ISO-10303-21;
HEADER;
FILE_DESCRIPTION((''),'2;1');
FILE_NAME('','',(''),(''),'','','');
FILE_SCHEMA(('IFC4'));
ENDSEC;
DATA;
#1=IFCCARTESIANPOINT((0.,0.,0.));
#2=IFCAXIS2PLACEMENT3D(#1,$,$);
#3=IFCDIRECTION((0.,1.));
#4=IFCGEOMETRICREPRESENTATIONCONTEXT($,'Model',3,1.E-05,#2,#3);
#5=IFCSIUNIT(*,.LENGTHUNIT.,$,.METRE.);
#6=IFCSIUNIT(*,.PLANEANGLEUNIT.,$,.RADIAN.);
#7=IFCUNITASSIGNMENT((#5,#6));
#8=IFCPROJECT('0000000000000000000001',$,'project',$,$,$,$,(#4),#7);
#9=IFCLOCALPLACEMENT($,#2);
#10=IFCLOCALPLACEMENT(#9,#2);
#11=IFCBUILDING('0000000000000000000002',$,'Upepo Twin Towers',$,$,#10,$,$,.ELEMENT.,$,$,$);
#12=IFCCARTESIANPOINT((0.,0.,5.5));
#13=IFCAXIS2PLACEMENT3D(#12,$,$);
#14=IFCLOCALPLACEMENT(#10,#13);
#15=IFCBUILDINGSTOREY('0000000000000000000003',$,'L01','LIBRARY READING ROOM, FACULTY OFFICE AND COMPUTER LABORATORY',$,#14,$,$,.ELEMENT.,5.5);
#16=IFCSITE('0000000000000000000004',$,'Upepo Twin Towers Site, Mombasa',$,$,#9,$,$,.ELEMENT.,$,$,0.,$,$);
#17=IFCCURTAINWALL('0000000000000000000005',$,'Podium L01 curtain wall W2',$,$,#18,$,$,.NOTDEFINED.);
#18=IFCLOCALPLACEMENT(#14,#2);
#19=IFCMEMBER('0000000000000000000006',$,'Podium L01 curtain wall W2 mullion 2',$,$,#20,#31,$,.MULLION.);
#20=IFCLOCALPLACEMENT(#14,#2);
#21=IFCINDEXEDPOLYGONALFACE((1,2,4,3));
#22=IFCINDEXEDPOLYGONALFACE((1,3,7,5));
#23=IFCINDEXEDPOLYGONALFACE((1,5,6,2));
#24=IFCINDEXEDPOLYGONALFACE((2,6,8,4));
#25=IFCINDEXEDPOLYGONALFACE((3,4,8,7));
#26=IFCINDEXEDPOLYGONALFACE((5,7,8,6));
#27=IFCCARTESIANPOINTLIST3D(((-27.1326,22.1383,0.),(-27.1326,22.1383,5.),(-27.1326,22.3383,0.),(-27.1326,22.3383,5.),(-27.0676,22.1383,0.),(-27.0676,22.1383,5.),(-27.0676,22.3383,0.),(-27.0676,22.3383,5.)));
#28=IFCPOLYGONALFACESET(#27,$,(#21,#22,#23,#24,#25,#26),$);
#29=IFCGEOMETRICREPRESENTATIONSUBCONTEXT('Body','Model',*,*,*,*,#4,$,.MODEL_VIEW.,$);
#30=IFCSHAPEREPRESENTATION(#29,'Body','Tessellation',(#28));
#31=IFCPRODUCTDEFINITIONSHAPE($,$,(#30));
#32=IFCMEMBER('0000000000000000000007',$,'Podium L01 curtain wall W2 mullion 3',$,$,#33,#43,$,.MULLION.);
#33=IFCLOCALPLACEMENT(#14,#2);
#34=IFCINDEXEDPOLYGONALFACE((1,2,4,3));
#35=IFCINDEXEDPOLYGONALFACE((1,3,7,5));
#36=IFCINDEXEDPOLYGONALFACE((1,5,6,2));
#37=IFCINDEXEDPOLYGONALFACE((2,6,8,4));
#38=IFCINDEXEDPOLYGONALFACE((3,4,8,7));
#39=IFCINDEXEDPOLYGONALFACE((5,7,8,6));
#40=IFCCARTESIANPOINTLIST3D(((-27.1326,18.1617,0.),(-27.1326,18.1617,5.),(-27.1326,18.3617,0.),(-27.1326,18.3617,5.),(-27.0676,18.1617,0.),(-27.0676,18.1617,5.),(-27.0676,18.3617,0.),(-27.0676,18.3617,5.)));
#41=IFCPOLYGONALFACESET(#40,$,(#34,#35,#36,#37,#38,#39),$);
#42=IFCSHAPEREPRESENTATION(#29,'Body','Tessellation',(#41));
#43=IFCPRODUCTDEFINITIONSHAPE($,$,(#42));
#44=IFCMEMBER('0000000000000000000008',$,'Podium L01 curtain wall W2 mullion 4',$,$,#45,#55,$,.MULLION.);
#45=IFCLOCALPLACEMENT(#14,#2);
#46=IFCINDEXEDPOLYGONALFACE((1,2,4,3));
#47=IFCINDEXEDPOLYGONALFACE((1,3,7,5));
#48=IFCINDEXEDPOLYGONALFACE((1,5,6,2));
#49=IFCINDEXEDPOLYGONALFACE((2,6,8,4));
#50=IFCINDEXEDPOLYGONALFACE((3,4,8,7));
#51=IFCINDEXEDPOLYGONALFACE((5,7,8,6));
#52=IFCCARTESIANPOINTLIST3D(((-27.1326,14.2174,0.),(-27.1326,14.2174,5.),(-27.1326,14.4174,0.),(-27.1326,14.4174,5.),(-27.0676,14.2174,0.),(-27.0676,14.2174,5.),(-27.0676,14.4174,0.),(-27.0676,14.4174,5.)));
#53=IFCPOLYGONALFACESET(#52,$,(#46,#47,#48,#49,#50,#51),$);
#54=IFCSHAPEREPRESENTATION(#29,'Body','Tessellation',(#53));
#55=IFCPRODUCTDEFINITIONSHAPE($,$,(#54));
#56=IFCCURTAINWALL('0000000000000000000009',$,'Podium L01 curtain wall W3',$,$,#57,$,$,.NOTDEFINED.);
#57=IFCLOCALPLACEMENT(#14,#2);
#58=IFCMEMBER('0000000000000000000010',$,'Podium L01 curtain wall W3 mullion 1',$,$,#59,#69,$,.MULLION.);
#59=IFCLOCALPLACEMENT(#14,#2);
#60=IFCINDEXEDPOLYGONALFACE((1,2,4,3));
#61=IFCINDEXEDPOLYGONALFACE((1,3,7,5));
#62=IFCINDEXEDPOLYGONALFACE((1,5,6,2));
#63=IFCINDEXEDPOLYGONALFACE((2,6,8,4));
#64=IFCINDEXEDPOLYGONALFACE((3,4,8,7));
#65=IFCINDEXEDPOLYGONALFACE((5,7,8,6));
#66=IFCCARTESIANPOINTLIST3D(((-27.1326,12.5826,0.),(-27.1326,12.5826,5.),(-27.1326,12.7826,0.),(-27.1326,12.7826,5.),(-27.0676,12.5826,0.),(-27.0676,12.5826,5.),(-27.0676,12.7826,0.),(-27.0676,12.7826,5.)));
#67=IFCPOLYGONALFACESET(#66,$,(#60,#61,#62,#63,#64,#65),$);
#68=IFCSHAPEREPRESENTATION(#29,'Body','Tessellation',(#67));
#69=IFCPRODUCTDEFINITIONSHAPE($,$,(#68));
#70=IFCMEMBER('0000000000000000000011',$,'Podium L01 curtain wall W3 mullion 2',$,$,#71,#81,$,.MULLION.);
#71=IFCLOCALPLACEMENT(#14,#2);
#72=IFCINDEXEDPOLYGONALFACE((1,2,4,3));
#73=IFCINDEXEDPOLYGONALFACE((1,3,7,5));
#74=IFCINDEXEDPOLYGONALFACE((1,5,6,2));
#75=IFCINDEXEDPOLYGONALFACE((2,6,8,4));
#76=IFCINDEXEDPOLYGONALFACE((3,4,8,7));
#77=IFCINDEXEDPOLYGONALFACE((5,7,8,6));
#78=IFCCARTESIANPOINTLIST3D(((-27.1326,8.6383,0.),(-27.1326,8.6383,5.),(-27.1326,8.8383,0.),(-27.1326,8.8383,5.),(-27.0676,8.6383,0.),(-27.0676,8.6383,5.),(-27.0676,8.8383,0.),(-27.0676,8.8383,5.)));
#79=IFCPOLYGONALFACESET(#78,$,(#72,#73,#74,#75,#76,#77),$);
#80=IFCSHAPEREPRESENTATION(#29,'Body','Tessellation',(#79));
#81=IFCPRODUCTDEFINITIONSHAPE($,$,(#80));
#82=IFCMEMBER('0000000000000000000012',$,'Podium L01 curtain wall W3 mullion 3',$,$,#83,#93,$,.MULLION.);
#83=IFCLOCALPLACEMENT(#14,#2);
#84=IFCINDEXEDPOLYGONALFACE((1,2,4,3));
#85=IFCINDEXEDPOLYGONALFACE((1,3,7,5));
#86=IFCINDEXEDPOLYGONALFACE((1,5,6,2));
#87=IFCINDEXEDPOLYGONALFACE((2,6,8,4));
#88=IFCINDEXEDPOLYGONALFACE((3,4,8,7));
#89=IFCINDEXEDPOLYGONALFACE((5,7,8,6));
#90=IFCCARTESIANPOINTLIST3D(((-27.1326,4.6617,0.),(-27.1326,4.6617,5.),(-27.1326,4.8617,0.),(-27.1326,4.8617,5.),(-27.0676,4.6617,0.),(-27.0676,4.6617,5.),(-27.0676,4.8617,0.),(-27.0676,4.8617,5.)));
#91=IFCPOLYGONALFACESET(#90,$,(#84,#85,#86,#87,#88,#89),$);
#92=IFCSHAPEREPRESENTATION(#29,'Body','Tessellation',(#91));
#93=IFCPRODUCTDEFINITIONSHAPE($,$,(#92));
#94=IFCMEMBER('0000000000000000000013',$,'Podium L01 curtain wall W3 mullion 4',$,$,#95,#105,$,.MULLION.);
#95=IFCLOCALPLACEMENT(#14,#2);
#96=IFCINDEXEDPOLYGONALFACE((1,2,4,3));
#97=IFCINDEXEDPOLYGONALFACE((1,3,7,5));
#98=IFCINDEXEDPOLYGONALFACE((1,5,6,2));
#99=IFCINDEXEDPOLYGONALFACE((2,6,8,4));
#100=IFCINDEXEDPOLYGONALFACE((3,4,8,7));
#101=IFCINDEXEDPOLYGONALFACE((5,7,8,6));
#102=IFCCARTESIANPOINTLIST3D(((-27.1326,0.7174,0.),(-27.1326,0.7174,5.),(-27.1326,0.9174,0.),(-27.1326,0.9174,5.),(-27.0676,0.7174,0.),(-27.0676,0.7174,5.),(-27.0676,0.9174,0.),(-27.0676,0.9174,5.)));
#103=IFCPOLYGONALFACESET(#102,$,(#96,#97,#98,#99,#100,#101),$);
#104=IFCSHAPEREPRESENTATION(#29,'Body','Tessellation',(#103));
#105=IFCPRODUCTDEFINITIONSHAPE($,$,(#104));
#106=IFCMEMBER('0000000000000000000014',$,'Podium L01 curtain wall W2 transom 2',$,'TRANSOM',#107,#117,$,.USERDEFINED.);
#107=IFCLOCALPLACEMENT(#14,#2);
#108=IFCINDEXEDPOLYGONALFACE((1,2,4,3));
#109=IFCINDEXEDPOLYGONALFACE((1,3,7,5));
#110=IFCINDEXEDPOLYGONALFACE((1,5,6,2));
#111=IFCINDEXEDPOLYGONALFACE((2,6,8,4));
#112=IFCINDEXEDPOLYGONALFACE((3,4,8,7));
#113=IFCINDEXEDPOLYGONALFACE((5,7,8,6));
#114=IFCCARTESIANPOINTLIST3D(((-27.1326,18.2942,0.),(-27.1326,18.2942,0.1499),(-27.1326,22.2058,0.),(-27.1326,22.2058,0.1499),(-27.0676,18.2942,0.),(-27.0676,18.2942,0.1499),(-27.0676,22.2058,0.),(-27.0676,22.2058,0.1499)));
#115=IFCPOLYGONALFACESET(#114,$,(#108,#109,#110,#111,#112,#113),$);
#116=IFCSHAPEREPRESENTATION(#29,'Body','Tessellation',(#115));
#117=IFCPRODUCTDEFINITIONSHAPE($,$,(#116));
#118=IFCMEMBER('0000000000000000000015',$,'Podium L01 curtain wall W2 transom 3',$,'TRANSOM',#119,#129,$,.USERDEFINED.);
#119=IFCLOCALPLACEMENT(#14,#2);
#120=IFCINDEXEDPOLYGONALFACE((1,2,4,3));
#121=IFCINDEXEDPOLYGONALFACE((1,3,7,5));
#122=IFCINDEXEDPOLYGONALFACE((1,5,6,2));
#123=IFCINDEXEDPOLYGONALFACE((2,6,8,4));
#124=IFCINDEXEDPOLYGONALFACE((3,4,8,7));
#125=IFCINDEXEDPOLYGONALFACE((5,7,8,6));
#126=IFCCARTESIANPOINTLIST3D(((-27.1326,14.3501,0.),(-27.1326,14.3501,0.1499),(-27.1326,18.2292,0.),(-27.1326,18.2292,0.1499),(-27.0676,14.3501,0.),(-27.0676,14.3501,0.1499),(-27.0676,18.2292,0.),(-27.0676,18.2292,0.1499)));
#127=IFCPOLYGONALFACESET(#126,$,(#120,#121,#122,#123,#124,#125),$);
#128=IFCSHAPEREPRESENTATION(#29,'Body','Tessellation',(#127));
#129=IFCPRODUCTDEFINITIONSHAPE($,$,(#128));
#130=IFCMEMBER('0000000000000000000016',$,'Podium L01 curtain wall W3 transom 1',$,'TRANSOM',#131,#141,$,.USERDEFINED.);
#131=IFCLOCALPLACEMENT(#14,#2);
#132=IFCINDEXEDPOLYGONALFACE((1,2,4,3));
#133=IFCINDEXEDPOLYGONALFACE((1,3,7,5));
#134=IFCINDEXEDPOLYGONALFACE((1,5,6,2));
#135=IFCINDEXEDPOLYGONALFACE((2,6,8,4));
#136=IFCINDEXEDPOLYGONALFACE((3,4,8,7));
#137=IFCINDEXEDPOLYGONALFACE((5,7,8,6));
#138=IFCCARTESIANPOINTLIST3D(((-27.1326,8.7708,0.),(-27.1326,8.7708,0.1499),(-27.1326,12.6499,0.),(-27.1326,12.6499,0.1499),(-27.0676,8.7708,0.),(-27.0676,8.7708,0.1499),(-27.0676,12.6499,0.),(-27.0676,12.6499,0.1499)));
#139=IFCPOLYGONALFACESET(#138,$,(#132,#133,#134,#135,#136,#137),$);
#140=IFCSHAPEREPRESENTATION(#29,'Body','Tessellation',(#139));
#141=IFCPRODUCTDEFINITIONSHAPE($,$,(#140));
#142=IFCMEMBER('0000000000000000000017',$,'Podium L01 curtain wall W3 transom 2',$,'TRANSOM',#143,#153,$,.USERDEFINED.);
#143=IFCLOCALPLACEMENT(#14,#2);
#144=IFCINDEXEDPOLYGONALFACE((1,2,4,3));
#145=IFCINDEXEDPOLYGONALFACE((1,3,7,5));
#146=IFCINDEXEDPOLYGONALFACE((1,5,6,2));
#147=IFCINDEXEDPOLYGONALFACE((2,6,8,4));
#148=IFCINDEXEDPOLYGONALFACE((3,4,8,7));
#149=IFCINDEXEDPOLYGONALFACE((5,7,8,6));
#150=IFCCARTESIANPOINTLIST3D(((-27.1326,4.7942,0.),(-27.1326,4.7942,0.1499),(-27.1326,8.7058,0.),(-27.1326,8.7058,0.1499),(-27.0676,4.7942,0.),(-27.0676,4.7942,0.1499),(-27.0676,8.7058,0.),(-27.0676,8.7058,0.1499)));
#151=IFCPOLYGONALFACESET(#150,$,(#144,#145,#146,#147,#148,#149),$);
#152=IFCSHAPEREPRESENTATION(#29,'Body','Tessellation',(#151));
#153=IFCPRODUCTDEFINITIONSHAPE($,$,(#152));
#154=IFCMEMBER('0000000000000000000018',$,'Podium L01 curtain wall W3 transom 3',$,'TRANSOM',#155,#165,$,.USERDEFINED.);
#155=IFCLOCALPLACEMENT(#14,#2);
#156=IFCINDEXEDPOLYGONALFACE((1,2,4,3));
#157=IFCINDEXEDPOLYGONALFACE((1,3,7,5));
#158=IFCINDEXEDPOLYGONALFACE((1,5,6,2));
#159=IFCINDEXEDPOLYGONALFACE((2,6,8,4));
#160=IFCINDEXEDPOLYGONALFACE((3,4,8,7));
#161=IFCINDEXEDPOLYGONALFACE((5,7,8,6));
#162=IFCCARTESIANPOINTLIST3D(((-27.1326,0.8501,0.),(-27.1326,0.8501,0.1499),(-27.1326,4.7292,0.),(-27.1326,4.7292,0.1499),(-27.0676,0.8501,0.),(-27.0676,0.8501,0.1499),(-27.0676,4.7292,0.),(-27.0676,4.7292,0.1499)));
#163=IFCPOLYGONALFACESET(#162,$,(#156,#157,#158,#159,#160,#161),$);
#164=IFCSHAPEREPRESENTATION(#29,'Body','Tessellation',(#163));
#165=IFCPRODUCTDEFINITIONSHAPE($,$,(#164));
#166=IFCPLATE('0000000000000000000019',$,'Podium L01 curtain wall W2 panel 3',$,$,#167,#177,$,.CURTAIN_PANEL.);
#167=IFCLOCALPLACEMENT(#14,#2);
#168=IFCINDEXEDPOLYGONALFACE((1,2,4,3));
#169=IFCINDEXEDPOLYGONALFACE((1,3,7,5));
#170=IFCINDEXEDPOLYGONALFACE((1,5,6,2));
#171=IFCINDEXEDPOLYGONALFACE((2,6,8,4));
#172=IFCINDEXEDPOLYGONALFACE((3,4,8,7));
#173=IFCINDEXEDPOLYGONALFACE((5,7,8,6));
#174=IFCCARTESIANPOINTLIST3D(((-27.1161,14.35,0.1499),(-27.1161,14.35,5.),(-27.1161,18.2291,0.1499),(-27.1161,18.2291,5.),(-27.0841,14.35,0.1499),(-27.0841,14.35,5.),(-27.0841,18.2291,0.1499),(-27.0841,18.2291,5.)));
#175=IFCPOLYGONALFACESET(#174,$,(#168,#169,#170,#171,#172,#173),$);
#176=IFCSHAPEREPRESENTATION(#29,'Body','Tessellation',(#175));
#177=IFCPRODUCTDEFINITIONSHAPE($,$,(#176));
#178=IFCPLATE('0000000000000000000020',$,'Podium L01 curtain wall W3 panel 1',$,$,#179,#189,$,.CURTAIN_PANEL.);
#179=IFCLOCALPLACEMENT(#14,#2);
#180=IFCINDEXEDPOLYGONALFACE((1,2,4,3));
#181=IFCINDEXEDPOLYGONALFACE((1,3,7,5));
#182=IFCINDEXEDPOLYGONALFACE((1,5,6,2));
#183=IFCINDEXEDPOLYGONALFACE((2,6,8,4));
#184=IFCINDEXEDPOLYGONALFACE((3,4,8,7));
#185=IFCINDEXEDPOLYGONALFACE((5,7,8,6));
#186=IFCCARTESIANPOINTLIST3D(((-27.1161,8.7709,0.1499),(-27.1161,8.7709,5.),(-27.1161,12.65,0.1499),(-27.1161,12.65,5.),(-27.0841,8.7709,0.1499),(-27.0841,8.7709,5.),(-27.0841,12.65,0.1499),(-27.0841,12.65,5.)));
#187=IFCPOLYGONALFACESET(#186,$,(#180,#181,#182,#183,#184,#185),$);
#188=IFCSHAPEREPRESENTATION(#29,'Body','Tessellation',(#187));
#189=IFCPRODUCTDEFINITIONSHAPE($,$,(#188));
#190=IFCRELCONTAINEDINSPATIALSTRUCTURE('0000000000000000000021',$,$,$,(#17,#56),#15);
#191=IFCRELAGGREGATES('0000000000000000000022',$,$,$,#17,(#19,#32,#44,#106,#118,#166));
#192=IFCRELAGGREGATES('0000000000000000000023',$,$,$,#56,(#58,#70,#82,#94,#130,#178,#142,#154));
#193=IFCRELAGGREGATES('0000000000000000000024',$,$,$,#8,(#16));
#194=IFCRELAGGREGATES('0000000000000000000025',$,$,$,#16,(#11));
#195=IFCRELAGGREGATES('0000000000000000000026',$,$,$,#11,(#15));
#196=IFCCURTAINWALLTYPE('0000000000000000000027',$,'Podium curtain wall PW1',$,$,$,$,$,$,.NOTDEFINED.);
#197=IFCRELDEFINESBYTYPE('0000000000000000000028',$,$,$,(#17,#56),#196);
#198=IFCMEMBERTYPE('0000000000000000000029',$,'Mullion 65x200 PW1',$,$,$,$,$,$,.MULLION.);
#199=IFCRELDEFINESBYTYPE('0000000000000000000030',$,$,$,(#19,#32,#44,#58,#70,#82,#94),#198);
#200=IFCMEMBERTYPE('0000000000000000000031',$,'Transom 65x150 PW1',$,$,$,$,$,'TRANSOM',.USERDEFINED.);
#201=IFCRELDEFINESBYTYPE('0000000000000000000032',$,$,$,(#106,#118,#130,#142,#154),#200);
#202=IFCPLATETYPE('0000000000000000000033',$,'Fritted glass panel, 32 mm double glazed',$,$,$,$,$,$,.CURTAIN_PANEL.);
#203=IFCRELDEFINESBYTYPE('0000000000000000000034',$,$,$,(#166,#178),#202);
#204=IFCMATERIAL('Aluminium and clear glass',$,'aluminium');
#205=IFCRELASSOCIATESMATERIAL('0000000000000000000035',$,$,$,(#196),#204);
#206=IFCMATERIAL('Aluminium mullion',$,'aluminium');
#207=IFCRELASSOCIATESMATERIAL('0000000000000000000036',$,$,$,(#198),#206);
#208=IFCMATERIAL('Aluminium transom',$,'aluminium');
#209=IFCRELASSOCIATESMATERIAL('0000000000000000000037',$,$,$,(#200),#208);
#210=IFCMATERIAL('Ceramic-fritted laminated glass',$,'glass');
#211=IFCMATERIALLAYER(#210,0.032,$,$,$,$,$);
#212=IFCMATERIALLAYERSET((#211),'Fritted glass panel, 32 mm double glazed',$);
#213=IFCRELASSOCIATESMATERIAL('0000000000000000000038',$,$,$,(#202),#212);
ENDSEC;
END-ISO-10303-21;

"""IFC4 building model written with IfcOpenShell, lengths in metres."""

from ifc_helpers import new_model, si_unit, direction, frame, origin, origin_2d, place, context, subcontext, project, spatial, rectangle, extrude, material, layer, layer_set, material_profile, profile_set, type_object, element, aggregate, save


model = new_model("IFC4")

# Units and contexts
model_context = context("Model", 3, precision=1e-05, world=origin(), true_north=direction((0.0, 1.0)))
body_context = subcontext(model_context, "Body", "Model", "MODEL_VIEW")
ifc_project = project(units=[si_unit("LENGTHUNIT", "METRE"), si_unit("PLANEANGLEUNIT", "RADIAN")], contexts=[model_context])

# Site, building, storey
site_placement = place(None, origin())
site = spatial("IfcSite", under=ifc_project, at=site_placement, Name="Upepo Twin Towers Site, Mombasa", CompositionType="ELEMENT", RefElevation=0.0)
building_placement = place(site_placement, origin())
building = spatial("IfcBuilding", under=site, at=building_placement, Name="Upepo Twin Towers", CompositionType="ELEMENT")
storey_placement = place(building_placement, frame((0.0, 0.0, 5.5)))
storey = spatial("IfcBuildingStorey", under=building, at=storey_placement, Name="L01", Description="LIBRARY READING ROOM, FACULTY OFFICE AND COMPUTER LABORATORY", CompositionType="ELEMENT", Elevation=5.5)

# Curtain walls, members
ifc_material_1 = material(Name="Aluminium and clear glass", Category="aluminium")
curtain_wall_type = type_object("IfcCurtainWallType", Name="Podium curtain wall PW1", PredefinedType="NOTDEFINED", material=ifc_material_1)
curtain_wall_1_placement = place(storey_placement, origin())
curtain_wall_1 = element("IfcCurtainWall", 1, at=curtain_wall_1_placement, inside=storey, type_object=curtain_wall_type, Name="Podium L01 curtain wall W2", PredefinedType="NOTDEFINED")
ifc_material_2 = material(Name="Aluminium mullion", Category="aluminium")
ifc_material_profile_1 = material_profile(ifc_material_2, rectangle(XDim=0.0649, YDim=0.2, at=origin_2d()), Name="MULLION 65x200 PODIUM")
ifc_profile_set_1 = profile_set([ifc_material_profile_1], Name="Aluminium mullion")
member_type_1 = type_object("IfcMemberType", Name="Mullion 65x200 PW1", PredefinedType="MULLION", material=ifc_profile_set_1)
member_1_placement = place(storey_placement, frame((-27.1001, 22.2383, 0.0), z_axis=(0.0, 0.0, 1.0), x_axis=(1.0, 0.0, 0.0)))
member_1 = element("IfcMember", 2, at=member_1_placement, type_object=member_type_1, Name="Podium L01 curtain wall W2 mullion 2", PredefinedType="MULLION", context=body_context, shape_type="SweptSolid", body=[
    extrude(rectangle(XDim=0.0649, YDim=0.2, at=origin_2d()), origin(), (0.0, 0.0, 1.0), 5.0),
])
member_2_placement = place(storey_placement, frame((-27.1001, 18.2617, 0.0), z_axis=(0.0, 0.0, 1.0), x_axis=(1.0, 0.0, 0.0)))
member_2 = element("IfcMember", 3, at=member_2_placement, type_object=member_type_1, Name="Podium L01 curtain wall W2 mullion 3", PredefinedType="MULLION", context=body_context, shape_type="SweptSolid", body=[
    extrude(rectangle(XDim=0.0649, YDim=0.2, at=origin_2d()), origin(), (0.0, 0.0, 1.0), 5.0),
])
member_3_placement = place(storey_placement, frame((-27.1001, 14.3174, 0.0), z_axis=(0.0, 0.0, 1.0), x_axis=(1.0, 0.0, 0.0)))
member_3 = element("IfcMember", 4, at=member_3_placement, type_object=member_type_1, Name="Podium L01 curtain wall W2 mullion 4", PredefinedType="MULLION", context=body_context, shape_type="SweptSolid", body=[
    extrude(rectangle(XDim=0.0649, YDim=0.2, at=origin_2d()), origin(), (0.0, 0.0, 1.0), 5.0),
])
curtain_wall_2_placement = place(storey_placement, origin())
curtain_wall_2 = element("IfcCurtainWall", 5, at=curtain_wall_2_placement, inside=storey, type_object=curtain_wall_type, Name="Podium L01 curtain wall W3", PredefinedType="NOTDEFINED")
member_4_placement = place(storey_placement, frame((-27.1001, 12.6826, 0.0), z_axis=(0.0, 0.0, 1.0), x_axis=(1.0, 0.0, 0.0)))
member_4 = element("IfcMember", 6, at=member_4_placement, type_object=member_type_1, Name="Podium L01 curtain wall W3 mullion 1", PredefinedType="MULLION", context=body_context, shape_type="SweptSolid", body=[
    extrude(rectangle(XDim=0.0649, YDim=0.2, at=origin_2d()), origin(), (0.0, 0.0, 1.0), 5.0),
])
member_5_placement = place(storey_placement, frame((-27.1001, 8.7383, 0.0), z_axis=(0.0, 0.0, 1.0), x_axis=(1.0, 0.0, 0.0)))
member_5 = element("IfcMember", 7, at=member_5_placement, type_object=member_type_1, Name="Podium L01 curtain wall W3 mullion 2", PredefinedType="MULLION", context=body_context, shape_type="SweptSolid", body=[
    extrude(rectangle(XDim=0.0649, YDim=0.2, at=origin_2d()), origin(), (0.0, 0.0, 1.0), 5.0),
])
member_6_placement = place(storey_placement, frame((-27.1001, 4.7617, 0.0), z_axis=(0.0, 0.0, 1.0), x_axis=(1.0, 0.0, 0.0)))
member_6 = element("IfcMember", 8, at=member_6_placement, type_object=member_type_1, Name="Podium L01 curtain wall W3 mullion 3", PredefinedType="MULLION", context=body_context, shape_type="SweptSolid", body=[
    extrude(rectangle(XDim=0.0649, YDim=0.2, at=origin_2d()), origin(), (0.0, 0.0, 1.0), 5.0),
])
member_7_placement = place(storey_placement, frame((-27.1001, 0.8174, 0.0), z_axis=(0.0, 0.0, 1.0), x_axis=(1.0, 0.0, 0.0)))
member_7 = element("IfcMember", 9, at=member_7_placement, type_object=member_type_1, Name="Podium L01 curtain wall W3 mullion 4", PredefinedType="MULLION", context=body_context, shape_type="SweptSolid", body=[
    extrude(rectangle(XDim=0.0649, YDim=0.2, at=origin_2d()), origin(), (0.0, 0.0, 1.0), 5.0),
])

# Members
ifc_material_3 = material(Name="Aluminium transom", Category="aluminium")
ifc_material_profile_2 = material_profile(ifc_material_3, rectangle(XDim=0.0649, YDim=0.1499, at=origin_2d()), Name="TRANSOM 65x150 PODIUM")
ifc_profile_set_2 = profile_set([ifc_material_profile_2], Name="Aluminium transom")
member_type_2 = type_object("IfcMemberType", Name="Transom 65x150 PW1", ElementType="TRANSOM", PredefinedType="USERDEFINED", material=ifc_profile_set_2)
member_8_placement = place(storey_placement, frame((-27.1001, 22.2058, 0.075), z_axis=(0.0, -1.0, 0.0), x_axis=(1.0, 0.0, 0.0)))
member_8 = element("IfcMember", 10, at=member_8_placement, type_object=member_type_2, Name="Podium L01 curtain wall W2 transom 2", ObjectType="TRANSOM", PredefinedType="USERDEFINED", context=body_context, shape_type="SweptSolid", body=[
    extrude(rectangle(XDim=0.0649, YDim=0.1499, at=origin_2d()), origin(), (0.0, 0.0, 1.0), 3.9116),
])
member_9_placement = place(storey_placement, frame((-27.1001, 18.2292, 0.075), z_axis=(0.0, -1.0, 0.0), x_axis=(1.0, 0.0, 0.0)))
member_9 = element("IfcMember", 11, at=member_9_placement, type_object=member_type_2, Name="Podium L01 curtain wall W2 transom 3", ObjectType="TRANSOM", PredefinedType="USERDEFINED", context=body_context, shape_type="SweptSolid", body=[
    extrude(rectangle(XDim=0.0649, YDim=0.1499, at=origin_2d()), origin(), (0.0, 0.0, 1.0), 3.8792),
])
member_10_placement = place(storey_placement, frame((-27.1001, 12.6499, 0.075), z_axis=(0.0, -1.0, 0.0), x_axis=(1.0, 0.0, 0.0)))
member_10 = element("IfcMember", 12, at=member_10_placement, type_object=member_type_2, Name="Podium L01 curtain wall W3 transom 1", ObjectType="TRANSOM", PredefinedType="USERDEFINED", context=body_context, shape_type="SweptSolid", body=[
    extrude(rectangle(XDim=0.0649, YDim=0.1499, at=origin_2d()), origin(), (0.0, 0.0, 1.0), 3.8792),
])
member_11_placement = place(storey_placement, frame((-27.1001, 8.7058, 0.075), z_axis=(0.0, -1.0, 0.0), x_axis=(1.0, 0.0, 0.0)))
member_11 = element("IfcMember", 13, at=member_11_placement, type_object=member_type_2, Name="Podium L01 curtain wall W3 transom 2", ObjectType="TRANSOM", PredefinedType="USERDEFINED", context=body_context, shape_type="SweptSolid", body=[
    extrude(rectangle(XDim=0.0649, YDim=0.1499, at=origin_2d()), origin(), (0.0, 0.0, 1.0), 3.9116),
])
member_12_placement = place(storey_placement, frame((-27.1001, 4.7292, 0.075), z_axis=(0.0, -1.0, 0.0), x_axis=(1.0, 0.0, 0.0)))
member_12 = element("IfcMember", 14, at=member_12_placement, type_object=member_type_2, Name="Podium L01 curtain wall W3 transom 3", ObjectType="TRANSOM", PredefinedType="USERDEFINED", context=body_context, shape_type="SweptSolid", body=[
    extrude(rectangle(XDim=0.0649, YDim=0.1499, at=origin_2d()), origin(), (0.0, 0.0, 1.0), 3.8792),
])

# Plates
ifc_material_4 = material(Name="Ceramic-fritted laminated glass", Category="glass")
ifc_layer_1 = layer(ifc_material_4, 0.032)
ifc_layer_set_1 = layer_set([ifc_layer_1], Name="Fritted glass panel, 32 mm double glazed")
plate_type_1 = type_object("IfcPlateType", Name="Fritted glass panel, 32 mm double glazed", PredefinedType="CURTAIN_PANEL", material=ifc_layer_set_1)
plate_1_placement = place(storey_placement, frame((-27.1001, 16.2896, 0.1499), z_axis=(0.0, 0.0, 1.0), x_axis=(0.0, -1.0, 0.0)))
plate_1 = element("IfcPlate", 15, at=plate_1_placement, type_object=plate_type_1, Name="Podium L01 curtain wall W2 panel 3", PredefinedType="CURTAIN_PANEL", context=body_context, shape_type="SweptSolid", body=[
    extrude(rectangle(XDim=3.8792, YDim=0.032, at=origin_2d()), origin(), (0.0, 0.0, 1.0), 4.8501),
])
plate_2_placement = place(storey_placement, frame((-27.1001, 10.7104, 0.1499), z_axis=(0.0, 0.0, 1.0), x_axis=(0.0, -1.0, 0.0)))
plate_2 = element("IfcPlate", 16, at=plate_2_placement, type_object=plate_type_1, Name="Podium L01 curtain wall W3 panel 1", PredefinedType="CURTAIN_PANEL", context=body_context, shape_type="SweptSolid", body=[
    extrude(rectangle(XDim=3.8792, YDim=0.032, at=origin_2d()), origin(), (0.0, 0.0, 1.0), 4.8501),
])
aggregate(curtain_wall_1, [member_1, member_2, member_3, member_8, member_9, plate_1])
aggregate(curtain_wall_2, [member_4, member_5, member_6, member_7, member_10, plate_2, member_11, member_12])

save(model, "model.ifc")
